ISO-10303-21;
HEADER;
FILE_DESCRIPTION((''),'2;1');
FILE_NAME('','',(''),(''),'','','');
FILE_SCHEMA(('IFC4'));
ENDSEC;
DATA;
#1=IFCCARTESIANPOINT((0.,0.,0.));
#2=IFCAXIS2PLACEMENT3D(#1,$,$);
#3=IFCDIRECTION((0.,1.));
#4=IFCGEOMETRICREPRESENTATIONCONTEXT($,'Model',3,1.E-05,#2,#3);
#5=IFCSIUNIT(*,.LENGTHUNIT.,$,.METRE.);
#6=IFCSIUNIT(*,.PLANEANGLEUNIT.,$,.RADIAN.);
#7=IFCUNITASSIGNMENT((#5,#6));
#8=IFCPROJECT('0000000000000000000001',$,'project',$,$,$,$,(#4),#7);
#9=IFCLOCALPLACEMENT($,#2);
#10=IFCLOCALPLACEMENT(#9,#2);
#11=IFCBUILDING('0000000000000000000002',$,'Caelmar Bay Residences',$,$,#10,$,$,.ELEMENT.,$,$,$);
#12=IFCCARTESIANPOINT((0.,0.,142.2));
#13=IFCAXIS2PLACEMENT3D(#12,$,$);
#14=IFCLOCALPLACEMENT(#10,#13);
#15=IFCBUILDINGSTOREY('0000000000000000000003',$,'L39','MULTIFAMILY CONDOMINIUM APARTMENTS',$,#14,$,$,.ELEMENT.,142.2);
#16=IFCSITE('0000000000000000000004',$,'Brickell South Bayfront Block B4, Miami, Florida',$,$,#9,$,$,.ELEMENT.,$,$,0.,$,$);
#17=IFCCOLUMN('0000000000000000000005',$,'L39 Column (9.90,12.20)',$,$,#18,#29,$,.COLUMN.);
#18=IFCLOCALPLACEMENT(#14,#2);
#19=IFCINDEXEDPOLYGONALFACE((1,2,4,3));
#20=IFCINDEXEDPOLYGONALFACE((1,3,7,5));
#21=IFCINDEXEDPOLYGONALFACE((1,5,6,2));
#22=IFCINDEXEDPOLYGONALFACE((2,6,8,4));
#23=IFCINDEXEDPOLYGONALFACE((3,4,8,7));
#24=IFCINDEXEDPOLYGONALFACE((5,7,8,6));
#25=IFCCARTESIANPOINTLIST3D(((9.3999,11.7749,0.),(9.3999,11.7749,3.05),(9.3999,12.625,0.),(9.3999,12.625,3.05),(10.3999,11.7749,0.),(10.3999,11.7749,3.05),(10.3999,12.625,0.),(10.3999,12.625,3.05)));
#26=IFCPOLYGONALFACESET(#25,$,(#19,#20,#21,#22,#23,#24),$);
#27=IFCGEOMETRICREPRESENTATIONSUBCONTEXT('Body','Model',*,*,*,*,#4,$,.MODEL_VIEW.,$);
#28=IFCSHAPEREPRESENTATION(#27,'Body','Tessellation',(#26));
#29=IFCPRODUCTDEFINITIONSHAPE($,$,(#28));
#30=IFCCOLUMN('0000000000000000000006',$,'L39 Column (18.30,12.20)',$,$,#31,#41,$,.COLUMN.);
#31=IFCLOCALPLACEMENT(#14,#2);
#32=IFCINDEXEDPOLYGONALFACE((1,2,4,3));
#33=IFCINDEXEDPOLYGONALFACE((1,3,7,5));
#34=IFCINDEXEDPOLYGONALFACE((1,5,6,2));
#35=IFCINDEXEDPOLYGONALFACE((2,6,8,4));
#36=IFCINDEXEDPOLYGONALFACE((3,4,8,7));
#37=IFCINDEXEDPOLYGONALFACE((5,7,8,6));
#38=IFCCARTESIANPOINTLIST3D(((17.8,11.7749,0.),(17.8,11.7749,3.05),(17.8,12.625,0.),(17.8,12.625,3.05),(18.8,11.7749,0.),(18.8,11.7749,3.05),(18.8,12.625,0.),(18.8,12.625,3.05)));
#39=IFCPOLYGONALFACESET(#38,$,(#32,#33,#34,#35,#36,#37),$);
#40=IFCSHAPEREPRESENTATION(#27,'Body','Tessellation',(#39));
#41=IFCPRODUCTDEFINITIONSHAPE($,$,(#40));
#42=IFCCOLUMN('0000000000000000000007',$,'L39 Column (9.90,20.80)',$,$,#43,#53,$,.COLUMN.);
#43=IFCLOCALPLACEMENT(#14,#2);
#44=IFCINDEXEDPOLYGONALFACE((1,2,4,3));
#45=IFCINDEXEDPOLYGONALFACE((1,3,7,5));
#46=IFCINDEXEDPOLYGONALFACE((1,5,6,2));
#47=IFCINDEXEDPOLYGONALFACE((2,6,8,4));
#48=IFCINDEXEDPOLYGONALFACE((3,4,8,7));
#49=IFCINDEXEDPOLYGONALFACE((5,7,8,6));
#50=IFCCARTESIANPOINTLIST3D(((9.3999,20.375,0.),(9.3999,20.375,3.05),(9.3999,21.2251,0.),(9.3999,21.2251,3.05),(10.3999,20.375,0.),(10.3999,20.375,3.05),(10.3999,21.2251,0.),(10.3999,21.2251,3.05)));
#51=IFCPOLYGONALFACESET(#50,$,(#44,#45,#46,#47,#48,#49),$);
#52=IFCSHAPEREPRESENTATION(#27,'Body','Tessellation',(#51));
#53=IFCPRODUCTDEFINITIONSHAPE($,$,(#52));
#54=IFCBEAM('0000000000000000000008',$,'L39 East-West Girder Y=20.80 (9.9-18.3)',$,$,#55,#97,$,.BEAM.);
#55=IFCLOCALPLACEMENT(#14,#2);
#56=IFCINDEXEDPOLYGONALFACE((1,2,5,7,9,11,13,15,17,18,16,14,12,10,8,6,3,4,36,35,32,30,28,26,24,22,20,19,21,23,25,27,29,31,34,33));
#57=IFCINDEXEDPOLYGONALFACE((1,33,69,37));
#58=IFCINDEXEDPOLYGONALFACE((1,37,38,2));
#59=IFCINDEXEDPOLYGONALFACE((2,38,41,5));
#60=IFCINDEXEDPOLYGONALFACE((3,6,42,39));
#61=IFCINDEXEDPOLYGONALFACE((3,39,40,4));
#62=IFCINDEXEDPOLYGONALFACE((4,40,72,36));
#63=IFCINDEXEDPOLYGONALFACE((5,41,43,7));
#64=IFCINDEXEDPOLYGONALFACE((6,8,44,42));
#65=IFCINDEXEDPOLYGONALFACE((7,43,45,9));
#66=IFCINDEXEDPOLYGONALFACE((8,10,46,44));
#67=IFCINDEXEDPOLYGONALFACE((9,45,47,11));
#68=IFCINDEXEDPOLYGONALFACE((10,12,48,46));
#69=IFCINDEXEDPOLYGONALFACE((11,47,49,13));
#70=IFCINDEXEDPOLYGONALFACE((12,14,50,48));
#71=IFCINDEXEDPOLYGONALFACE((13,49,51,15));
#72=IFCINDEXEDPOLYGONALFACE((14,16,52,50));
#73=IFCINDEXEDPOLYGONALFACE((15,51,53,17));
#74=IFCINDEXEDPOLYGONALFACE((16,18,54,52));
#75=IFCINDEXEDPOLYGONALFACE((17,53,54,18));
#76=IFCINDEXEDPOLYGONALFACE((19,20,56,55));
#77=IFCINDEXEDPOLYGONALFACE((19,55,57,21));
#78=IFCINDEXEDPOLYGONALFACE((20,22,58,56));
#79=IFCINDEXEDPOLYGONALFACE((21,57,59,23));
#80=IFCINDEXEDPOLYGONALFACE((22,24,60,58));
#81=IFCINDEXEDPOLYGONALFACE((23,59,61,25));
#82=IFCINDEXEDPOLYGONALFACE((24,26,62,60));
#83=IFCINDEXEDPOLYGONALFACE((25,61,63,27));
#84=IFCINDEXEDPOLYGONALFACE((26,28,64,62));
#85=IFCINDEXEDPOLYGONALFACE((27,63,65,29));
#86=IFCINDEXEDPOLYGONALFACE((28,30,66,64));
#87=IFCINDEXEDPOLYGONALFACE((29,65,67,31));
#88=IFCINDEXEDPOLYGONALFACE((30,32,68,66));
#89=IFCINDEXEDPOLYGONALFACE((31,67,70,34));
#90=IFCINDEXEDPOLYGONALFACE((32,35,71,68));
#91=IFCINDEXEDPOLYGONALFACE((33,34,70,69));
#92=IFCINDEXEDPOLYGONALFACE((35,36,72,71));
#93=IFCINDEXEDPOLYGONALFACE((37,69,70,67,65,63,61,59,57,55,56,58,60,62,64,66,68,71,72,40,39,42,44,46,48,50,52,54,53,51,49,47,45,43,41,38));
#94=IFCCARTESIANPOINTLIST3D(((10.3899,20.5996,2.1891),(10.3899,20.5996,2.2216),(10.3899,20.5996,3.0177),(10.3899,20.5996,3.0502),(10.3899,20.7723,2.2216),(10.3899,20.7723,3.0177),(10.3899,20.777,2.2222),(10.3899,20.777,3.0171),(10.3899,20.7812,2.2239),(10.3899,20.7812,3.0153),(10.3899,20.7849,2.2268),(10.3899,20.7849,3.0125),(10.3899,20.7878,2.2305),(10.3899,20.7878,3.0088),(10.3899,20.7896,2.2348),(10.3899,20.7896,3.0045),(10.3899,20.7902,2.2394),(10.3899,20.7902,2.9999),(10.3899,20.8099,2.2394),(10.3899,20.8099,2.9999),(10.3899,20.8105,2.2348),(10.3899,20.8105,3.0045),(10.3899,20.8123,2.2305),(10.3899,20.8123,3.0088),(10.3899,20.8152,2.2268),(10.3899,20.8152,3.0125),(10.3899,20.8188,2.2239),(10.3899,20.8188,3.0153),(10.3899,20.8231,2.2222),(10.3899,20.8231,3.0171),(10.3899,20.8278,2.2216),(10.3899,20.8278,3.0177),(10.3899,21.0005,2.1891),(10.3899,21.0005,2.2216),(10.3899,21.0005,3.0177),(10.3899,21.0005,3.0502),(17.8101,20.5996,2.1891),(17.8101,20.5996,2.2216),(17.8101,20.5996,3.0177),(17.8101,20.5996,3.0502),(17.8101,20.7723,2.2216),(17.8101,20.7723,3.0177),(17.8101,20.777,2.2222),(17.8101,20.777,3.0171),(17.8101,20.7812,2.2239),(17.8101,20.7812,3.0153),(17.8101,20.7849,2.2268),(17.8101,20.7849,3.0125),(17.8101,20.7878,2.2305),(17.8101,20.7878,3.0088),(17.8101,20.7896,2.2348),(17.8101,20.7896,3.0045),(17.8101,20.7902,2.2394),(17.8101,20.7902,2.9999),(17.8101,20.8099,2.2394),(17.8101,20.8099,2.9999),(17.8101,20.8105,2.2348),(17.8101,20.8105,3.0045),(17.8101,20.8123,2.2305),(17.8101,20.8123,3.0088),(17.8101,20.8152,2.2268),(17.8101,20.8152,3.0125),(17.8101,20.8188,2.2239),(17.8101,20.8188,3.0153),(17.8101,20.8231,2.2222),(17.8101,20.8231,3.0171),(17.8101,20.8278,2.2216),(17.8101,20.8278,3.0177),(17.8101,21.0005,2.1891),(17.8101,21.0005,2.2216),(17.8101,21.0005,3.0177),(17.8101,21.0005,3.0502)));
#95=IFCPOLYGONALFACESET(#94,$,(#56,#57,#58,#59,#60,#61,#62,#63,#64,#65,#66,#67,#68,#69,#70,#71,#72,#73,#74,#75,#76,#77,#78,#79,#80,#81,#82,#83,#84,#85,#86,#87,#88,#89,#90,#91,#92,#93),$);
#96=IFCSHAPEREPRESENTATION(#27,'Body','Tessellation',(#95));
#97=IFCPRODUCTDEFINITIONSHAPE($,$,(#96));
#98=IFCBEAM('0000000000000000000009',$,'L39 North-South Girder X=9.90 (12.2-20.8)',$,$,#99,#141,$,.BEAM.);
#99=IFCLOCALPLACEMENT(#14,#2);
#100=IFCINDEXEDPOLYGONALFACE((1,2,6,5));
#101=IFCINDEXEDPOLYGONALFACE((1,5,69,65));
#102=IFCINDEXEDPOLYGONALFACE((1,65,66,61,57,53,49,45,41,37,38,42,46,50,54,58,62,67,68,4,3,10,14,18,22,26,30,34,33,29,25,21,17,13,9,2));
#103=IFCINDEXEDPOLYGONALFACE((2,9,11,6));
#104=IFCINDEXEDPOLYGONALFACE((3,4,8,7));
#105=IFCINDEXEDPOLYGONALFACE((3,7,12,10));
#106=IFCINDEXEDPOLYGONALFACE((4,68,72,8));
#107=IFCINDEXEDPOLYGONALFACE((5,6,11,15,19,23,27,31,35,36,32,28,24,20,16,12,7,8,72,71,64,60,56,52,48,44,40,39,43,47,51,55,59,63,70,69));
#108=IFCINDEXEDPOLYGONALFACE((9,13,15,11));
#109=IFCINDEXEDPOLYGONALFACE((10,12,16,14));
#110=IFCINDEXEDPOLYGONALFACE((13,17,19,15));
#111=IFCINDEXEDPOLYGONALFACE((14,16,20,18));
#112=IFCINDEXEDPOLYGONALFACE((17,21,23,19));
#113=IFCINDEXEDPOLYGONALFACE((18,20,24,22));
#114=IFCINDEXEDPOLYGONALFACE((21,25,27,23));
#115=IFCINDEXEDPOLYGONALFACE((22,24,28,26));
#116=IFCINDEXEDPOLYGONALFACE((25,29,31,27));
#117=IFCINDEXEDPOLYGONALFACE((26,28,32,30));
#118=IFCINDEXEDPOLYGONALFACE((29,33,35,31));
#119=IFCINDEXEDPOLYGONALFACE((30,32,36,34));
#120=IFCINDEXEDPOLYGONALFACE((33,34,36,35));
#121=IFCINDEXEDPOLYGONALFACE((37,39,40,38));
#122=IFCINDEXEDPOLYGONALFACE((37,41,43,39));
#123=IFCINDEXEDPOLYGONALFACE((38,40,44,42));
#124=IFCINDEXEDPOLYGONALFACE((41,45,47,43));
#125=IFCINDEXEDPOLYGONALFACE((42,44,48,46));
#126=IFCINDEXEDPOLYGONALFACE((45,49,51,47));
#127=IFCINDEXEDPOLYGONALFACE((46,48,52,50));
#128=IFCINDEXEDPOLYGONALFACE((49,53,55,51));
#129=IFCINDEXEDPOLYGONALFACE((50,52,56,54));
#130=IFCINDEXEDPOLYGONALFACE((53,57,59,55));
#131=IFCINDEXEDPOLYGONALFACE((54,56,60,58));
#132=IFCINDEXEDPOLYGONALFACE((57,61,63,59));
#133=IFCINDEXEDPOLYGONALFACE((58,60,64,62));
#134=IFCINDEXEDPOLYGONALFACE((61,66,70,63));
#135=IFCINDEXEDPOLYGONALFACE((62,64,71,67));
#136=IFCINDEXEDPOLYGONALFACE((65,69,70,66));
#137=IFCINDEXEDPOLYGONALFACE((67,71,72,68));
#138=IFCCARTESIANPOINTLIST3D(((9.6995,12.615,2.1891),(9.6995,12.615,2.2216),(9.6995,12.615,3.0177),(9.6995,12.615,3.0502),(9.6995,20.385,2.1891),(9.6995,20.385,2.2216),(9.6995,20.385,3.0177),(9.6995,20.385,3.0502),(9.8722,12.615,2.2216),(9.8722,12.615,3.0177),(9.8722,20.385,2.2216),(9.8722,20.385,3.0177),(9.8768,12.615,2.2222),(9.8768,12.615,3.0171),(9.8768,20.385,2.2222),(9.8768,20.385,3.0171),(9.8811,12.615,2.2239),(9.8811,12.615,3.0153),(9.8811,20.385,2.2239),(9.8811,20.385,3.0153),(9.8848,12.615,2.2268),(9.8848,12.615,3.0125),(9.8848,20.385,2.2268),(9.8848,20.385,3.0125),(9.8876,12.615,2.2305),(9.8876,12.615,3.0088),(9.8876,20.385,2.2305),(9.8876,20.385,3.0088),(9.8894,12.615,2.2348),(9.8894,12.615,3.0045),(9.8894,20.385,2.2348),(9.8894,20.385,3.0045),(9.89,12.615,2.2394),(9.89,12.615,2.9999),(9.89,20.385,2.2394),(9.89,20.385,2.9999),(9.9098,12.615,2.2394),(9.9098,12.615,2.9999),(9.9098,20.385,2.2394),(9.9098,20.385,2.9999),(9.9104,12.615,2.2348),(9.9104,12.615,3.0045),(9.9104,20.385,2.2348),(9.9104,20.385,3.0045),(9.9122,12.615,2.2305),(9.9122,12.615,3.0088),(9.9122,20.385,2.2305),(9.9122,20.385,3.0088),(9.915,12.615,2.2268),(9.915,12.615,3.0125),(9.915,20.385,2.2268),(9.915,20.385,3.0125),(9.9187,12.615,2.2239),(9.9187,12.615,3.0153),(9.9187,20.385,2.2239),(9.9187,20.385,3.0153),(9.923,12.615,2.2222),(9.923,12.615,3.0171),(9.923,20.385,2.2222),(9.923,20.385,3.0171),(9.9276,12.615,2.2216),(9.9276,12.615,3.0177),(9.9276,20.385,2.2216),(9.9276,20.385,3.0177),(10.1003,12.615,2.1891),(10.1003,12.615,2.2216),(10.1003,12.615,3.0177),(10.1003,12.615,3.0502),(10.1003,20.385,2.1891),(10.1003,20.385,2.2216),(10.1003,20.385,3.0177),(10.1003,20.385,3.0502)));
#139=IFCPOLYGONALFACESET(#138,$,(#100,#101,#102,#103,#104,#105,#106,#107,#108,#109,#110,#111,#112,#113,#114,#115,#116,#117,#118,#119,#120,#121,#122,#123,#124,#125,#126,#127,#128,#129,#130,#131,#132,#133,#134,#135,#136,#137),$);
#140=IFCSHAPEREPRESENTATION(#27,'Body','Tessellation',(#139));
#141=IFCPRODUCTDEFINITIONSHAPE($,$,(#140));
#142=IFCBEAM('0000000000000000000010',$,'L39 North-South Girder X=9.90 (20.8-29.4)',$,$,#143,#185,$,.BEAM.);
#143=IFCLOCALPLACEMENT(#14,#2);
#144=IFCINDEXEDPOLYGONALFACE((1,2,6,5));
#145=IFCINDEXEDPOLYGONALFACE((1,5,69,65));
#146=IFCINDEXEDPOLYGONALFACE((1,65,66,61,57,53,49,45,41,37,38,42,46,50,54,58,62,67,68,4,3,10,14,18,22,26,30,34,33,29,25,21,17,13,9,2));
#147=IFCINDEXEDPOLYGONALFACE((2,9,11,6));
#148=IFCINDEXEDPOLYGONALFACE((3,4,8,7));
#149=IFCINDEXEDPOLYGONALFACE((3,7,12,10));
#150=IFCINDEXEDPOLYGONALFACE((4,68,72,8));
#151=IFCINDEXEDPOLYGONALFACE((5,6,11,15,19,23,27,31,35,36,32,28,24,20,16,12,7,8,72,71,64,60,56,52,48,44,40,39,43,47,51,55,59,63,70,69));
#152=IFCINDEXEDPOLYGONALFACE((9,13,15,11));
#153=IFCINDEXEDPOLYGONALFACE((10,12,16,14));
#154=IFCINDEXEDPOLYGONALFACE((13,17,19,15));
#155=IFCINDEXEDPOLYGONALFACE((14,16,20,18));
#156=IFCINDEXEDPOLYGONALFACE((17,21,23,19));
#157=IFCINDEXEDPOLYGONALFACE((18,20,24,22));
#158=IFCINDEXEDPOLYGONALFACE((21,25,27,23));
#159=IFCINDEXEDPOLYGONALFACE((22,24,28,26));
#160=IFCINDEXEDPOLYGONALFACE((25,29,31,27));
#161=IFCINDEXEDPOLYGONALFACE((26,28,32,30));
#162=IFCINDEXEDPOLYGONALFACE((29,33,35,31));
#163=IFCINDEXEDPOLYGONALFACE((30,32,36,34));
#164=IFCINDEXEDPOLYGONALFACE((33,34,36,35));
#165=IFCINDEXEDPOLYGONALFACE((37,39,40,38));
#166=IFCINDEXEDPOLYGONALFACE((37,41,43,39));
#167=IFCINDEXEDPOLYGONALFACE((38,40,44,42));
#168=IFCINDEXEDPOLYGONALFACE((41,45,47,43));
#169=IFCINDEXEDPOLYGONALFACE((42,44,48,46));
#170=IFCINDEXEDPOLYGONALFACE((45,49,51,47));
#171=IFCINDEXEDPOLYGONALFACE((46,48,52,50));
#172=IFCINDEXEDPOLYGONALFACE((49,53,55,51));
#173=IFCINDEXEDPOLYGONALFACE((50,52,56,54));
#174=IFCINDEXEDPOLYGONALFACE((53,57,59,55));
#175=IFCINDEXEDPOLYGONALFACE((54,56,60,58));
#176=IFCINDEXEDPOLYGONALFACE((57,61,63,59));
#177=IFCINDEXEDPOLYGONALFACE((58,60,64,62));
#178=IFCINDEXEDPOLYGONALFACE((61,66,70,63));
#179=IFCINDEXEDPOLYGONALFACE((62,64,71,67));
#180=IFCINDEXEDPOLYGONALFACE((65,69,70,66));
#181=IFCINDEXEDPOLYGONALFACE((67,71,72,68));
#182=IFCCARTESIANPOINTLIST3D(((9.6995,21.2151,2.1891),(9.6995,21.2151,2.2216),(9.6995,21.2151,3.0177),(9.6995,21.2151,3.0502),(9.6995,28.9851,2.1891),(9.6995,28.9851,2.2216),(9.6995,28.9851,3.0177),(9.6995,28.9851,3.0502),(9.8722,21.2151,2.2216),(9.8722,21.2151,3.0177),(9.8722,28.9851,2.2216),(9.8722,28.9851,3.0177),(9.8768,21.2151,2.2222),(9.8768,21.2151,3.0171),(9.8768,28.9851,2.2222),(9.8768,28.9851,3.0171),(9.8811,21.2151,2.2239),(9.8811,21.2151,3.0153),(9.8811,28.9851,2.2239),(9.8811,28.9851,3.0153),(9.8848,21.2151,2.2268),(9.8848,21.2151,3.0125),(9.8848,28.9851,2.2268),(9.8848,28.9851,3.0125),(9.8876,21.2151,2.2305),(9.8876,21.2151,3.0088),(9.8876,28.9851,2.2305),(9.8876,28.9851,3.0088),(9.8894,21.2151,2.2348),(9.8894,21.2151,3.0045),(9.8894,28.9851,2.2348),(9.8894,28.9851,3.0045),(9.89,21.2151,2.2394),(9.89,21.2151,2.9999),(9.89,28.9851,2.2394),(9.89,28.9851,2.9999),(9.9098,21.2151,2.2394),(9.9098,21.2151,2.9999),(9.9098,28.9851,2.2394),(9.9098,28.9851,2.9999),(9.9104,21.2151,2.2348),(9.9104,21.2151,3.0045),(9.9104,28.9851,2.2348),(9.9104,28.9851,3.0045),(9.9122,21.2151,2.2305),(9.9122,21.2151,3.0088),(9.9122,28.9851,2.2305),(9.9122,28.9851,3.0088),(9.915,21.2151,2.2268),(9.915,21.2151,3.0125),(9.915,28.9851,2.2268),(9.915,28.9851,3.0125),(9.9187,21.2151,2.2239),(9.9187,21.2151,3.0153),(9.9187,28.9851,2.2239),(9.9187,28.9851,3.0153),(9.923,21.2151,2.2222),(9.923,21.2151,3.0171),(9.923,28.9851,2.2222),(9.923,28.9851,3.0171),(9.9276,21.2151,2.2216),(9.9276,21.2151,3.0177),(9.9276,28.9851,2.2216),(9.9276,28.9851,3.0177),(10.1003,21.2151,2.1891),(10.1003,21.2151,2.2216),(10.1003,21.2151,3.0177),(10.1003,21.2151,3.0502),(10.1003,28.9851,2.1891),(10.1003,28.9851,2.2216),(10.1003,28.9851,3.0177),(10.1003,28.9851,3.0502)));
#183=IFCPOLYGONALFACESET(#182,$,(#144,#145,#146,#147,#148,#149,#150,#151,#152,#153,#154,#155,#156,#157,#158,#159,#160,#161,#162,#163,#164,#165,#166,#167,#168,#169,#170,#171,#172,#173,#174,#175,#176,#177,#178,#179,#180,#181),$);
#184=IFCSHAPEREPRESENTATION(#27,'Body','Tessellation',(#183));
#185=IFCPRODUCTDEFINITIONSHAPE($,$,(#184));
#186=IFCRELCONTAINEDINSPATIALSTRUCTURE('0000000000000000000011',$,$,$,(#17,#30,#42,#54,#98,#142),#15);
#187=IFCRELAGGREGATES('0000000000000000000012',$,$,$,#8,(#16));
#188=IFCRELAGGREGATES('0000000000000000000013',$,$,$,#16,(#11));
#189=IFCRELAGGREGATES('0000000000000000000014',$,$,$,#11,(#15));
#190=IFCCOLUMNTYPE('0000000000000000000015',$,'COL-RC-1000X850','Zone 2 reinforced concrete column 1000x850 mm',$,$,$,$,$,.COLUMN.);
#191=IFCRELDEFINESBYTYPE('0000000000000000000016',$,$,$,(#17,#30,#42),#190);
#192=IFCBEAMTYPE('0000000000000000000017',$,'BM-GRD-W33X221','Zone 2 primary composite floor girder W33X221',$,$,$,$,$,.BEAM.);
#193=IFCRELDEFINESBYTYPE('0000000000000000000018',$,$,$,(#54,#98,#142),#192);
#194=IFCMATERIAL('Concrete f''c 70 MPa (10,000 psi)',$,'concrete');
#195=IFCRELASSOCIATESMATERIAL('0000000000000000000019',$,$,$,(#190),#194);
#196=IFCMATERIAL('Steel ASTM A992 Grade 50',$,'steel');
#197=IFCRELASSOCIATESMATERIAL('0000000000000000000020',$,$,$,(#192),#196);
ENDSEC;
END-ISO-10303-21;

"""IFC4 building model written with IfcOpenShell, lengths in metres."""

from ifc_helpers import new_model, si_unit, direction, frame, origin, origin_2d, place, context, subcontext, project, spatial, rectangle, i_section, extrude, material, material_profile, profile_set, type_object, element, save


model = new_model("IFC4")

# Units and contexts
model_context = context("Model", 3, precision=1e-05, world=origin(), true_north=direction((0.0, 1.0)))
body_context = subcontext(model_context, "Body", "Model", "MODEL_VIEW")
ifc_project = project(units=[si_unit("LENGTHUNIT", "METRE"), si_unit("PLANEANGLEUNIT", "RADIAN")], contexts=[model_context])

# Site, building, storey
site_placement = place(None, origin())
site = spatial("IfcSite", under=ifc_project, at=site_placement, Name="Brickell South Bayfront Block B4, Miami, Florida", CompositionType="ELEMENT", RefElevation=0.0)
building_placement = place(site_placement, origin())
building = spatial("IfcBuilding", under=site, at=building_placement, Name="Caelmar Bay Residences", CompositionType="ELEMENT")
storey_placement = place(building_placement, frame((0.0, 0.0, 142.2)))
storey = spatial("IfcBuildingStorey", under=building, at=storey_placement, Name="L39", Description="MULTIFAMILY CONDOMINIUM APARTMENTS", CompositionType="ELEMENT", Elevation=142.2)

# Columns
ifc_material_1 = material(Name="Concrete f'c 70 MPa (10,000 psi)", Category="concrete")
ifc_material_profile_1 = material_profile(ifc_material_1, rectangle(XDim=1.0, YDim=0.8501, at=origin_2d()), Name="RC-COL-1000X850")
ifc_profile_set_1 = profile_set([ifc_material_profile_1], Name="Concrete f'c 70 MPa (10,000 psi)")
column_type = type_object("IfcColumnType", Name="COL-RC-1000X850", Description="Zone 2 reinforced concrete column 1000x850 mm", PredefinedType="COLUMN", material=ifc_profile_set_1)
for number, where, z_axis, x_axis, name in (
    (1, (9.8999, 12.2, 0.0), (0.0, 0.0, 1.0), (1.0, 0.0, 0.0), "L39 Column (9.90,12.20)"),
    (2, (18.3, 12.2, 0.0), (0.0, 0.0, 1.0), (1.0, 0.0, 0.0), "L39 Column (18.30,12.20)"),
    (3, (9.8999, 20.8, 0.0), (0.0, 0.0, 1.0), (1.0, 0.0, 0.0), "L39 Column (9.90,20.80)"),
):
    element("IfcColumn", number, at=place(storey_placement, frame(where, z_axis=z_axis, x_axis=x_axis)), inside=storey, type_object=column_type, Name=name, PredefinedType="COLUMN", context=body_context, shape_type="SweptSolid", body=[
        extrude(rectangle(XDim=1.0, YDim=0.8501, at=origin_2d()), origin(), (0.0, 0.0, 1.0), 3.05),
    ])

# Beams
ifc_material_2 = material(Name="Steel ASTM A992 Grade 50", Category="steel")
ifc_material_profile_2 = material_profile(ifc_material_2, i_section(OverallWidth=0.4009, OverallDepth=0.8611, WebThickness=0.0198, FlangeThickness=0.0325, FilletRadius=0.0178, at=origin_2d()), Name="W33X221")
ifc_profile_set_2 = profile_set([ifc_material_profile_2], Name="Steel ASTM A992 Grade 50")
beam_type_1 = type_object("IfcBeamType", Name="BM-GRD-W33X221", Description="Zone 2 primary composite floor girder W33X221", PredefinedType="BEAM", material=ifc_profile_set_2)
beam_1_placement = place(storey_placement, frame((10.3899, 20.8, 2.6196), z_axis=(1.0, 0.0, 0.0), x_axis=(0.0, 1.0, 0.0)))
element("IfcBeam", 4, at=beam_1_placement, inside=storey, type_object=beam_type_1, Name="L39 East-West Girder Y=20.80 (9.9-18.3)", PredefinedType="BEAM", context=body_context, shape_type="SweptSolid", body=[
    extrude(i_section(OverallWidth=0.4009, OverallDepth=0.8611, WebThickness=0.0198, FlangeThickness=0.0325, FilletRadius=0.0178, at=origin_2d()), origin(), (0.0, 0.0, 1.0), 7.4202),
])
for number, where, z_axis, x_axis, name in (
    (5, (9.8999, 12.615, 2.6196), (0.0, 1.0, 0.0), (-1.0, 0.0, 0.0), "L39 North-South Girder X=9.90 (12.2-20.8)"),
    (6, (9.8999, 21.2151, 2.6196), (0.0, 1.0, 0.0), (-1.0, 0.0, 0.0), "L39 North-South Girder X=9.90 (20.8-29.4)"),
):
    element("IfcBeam", number, at=place(storey_placement, frame(where, z_axis=z_axis, x_axis=x_axis)), inside=storey, type_object=beam_type_1, Name=name, PredefinedType="BEAM", context=body_context, shape_type="SweptSolid", body=[
        extrude(i_section(OverallWidth=0.4009, OverallDepth=0.8611, WebThickness=0.0198, FlangeThickness=0.0325, FilletRadius=0.0178, at=origin_2d()), origin(), (0.0, 0.0, 1.0), 7.77),
    ])

save(model, "model.ifc")
